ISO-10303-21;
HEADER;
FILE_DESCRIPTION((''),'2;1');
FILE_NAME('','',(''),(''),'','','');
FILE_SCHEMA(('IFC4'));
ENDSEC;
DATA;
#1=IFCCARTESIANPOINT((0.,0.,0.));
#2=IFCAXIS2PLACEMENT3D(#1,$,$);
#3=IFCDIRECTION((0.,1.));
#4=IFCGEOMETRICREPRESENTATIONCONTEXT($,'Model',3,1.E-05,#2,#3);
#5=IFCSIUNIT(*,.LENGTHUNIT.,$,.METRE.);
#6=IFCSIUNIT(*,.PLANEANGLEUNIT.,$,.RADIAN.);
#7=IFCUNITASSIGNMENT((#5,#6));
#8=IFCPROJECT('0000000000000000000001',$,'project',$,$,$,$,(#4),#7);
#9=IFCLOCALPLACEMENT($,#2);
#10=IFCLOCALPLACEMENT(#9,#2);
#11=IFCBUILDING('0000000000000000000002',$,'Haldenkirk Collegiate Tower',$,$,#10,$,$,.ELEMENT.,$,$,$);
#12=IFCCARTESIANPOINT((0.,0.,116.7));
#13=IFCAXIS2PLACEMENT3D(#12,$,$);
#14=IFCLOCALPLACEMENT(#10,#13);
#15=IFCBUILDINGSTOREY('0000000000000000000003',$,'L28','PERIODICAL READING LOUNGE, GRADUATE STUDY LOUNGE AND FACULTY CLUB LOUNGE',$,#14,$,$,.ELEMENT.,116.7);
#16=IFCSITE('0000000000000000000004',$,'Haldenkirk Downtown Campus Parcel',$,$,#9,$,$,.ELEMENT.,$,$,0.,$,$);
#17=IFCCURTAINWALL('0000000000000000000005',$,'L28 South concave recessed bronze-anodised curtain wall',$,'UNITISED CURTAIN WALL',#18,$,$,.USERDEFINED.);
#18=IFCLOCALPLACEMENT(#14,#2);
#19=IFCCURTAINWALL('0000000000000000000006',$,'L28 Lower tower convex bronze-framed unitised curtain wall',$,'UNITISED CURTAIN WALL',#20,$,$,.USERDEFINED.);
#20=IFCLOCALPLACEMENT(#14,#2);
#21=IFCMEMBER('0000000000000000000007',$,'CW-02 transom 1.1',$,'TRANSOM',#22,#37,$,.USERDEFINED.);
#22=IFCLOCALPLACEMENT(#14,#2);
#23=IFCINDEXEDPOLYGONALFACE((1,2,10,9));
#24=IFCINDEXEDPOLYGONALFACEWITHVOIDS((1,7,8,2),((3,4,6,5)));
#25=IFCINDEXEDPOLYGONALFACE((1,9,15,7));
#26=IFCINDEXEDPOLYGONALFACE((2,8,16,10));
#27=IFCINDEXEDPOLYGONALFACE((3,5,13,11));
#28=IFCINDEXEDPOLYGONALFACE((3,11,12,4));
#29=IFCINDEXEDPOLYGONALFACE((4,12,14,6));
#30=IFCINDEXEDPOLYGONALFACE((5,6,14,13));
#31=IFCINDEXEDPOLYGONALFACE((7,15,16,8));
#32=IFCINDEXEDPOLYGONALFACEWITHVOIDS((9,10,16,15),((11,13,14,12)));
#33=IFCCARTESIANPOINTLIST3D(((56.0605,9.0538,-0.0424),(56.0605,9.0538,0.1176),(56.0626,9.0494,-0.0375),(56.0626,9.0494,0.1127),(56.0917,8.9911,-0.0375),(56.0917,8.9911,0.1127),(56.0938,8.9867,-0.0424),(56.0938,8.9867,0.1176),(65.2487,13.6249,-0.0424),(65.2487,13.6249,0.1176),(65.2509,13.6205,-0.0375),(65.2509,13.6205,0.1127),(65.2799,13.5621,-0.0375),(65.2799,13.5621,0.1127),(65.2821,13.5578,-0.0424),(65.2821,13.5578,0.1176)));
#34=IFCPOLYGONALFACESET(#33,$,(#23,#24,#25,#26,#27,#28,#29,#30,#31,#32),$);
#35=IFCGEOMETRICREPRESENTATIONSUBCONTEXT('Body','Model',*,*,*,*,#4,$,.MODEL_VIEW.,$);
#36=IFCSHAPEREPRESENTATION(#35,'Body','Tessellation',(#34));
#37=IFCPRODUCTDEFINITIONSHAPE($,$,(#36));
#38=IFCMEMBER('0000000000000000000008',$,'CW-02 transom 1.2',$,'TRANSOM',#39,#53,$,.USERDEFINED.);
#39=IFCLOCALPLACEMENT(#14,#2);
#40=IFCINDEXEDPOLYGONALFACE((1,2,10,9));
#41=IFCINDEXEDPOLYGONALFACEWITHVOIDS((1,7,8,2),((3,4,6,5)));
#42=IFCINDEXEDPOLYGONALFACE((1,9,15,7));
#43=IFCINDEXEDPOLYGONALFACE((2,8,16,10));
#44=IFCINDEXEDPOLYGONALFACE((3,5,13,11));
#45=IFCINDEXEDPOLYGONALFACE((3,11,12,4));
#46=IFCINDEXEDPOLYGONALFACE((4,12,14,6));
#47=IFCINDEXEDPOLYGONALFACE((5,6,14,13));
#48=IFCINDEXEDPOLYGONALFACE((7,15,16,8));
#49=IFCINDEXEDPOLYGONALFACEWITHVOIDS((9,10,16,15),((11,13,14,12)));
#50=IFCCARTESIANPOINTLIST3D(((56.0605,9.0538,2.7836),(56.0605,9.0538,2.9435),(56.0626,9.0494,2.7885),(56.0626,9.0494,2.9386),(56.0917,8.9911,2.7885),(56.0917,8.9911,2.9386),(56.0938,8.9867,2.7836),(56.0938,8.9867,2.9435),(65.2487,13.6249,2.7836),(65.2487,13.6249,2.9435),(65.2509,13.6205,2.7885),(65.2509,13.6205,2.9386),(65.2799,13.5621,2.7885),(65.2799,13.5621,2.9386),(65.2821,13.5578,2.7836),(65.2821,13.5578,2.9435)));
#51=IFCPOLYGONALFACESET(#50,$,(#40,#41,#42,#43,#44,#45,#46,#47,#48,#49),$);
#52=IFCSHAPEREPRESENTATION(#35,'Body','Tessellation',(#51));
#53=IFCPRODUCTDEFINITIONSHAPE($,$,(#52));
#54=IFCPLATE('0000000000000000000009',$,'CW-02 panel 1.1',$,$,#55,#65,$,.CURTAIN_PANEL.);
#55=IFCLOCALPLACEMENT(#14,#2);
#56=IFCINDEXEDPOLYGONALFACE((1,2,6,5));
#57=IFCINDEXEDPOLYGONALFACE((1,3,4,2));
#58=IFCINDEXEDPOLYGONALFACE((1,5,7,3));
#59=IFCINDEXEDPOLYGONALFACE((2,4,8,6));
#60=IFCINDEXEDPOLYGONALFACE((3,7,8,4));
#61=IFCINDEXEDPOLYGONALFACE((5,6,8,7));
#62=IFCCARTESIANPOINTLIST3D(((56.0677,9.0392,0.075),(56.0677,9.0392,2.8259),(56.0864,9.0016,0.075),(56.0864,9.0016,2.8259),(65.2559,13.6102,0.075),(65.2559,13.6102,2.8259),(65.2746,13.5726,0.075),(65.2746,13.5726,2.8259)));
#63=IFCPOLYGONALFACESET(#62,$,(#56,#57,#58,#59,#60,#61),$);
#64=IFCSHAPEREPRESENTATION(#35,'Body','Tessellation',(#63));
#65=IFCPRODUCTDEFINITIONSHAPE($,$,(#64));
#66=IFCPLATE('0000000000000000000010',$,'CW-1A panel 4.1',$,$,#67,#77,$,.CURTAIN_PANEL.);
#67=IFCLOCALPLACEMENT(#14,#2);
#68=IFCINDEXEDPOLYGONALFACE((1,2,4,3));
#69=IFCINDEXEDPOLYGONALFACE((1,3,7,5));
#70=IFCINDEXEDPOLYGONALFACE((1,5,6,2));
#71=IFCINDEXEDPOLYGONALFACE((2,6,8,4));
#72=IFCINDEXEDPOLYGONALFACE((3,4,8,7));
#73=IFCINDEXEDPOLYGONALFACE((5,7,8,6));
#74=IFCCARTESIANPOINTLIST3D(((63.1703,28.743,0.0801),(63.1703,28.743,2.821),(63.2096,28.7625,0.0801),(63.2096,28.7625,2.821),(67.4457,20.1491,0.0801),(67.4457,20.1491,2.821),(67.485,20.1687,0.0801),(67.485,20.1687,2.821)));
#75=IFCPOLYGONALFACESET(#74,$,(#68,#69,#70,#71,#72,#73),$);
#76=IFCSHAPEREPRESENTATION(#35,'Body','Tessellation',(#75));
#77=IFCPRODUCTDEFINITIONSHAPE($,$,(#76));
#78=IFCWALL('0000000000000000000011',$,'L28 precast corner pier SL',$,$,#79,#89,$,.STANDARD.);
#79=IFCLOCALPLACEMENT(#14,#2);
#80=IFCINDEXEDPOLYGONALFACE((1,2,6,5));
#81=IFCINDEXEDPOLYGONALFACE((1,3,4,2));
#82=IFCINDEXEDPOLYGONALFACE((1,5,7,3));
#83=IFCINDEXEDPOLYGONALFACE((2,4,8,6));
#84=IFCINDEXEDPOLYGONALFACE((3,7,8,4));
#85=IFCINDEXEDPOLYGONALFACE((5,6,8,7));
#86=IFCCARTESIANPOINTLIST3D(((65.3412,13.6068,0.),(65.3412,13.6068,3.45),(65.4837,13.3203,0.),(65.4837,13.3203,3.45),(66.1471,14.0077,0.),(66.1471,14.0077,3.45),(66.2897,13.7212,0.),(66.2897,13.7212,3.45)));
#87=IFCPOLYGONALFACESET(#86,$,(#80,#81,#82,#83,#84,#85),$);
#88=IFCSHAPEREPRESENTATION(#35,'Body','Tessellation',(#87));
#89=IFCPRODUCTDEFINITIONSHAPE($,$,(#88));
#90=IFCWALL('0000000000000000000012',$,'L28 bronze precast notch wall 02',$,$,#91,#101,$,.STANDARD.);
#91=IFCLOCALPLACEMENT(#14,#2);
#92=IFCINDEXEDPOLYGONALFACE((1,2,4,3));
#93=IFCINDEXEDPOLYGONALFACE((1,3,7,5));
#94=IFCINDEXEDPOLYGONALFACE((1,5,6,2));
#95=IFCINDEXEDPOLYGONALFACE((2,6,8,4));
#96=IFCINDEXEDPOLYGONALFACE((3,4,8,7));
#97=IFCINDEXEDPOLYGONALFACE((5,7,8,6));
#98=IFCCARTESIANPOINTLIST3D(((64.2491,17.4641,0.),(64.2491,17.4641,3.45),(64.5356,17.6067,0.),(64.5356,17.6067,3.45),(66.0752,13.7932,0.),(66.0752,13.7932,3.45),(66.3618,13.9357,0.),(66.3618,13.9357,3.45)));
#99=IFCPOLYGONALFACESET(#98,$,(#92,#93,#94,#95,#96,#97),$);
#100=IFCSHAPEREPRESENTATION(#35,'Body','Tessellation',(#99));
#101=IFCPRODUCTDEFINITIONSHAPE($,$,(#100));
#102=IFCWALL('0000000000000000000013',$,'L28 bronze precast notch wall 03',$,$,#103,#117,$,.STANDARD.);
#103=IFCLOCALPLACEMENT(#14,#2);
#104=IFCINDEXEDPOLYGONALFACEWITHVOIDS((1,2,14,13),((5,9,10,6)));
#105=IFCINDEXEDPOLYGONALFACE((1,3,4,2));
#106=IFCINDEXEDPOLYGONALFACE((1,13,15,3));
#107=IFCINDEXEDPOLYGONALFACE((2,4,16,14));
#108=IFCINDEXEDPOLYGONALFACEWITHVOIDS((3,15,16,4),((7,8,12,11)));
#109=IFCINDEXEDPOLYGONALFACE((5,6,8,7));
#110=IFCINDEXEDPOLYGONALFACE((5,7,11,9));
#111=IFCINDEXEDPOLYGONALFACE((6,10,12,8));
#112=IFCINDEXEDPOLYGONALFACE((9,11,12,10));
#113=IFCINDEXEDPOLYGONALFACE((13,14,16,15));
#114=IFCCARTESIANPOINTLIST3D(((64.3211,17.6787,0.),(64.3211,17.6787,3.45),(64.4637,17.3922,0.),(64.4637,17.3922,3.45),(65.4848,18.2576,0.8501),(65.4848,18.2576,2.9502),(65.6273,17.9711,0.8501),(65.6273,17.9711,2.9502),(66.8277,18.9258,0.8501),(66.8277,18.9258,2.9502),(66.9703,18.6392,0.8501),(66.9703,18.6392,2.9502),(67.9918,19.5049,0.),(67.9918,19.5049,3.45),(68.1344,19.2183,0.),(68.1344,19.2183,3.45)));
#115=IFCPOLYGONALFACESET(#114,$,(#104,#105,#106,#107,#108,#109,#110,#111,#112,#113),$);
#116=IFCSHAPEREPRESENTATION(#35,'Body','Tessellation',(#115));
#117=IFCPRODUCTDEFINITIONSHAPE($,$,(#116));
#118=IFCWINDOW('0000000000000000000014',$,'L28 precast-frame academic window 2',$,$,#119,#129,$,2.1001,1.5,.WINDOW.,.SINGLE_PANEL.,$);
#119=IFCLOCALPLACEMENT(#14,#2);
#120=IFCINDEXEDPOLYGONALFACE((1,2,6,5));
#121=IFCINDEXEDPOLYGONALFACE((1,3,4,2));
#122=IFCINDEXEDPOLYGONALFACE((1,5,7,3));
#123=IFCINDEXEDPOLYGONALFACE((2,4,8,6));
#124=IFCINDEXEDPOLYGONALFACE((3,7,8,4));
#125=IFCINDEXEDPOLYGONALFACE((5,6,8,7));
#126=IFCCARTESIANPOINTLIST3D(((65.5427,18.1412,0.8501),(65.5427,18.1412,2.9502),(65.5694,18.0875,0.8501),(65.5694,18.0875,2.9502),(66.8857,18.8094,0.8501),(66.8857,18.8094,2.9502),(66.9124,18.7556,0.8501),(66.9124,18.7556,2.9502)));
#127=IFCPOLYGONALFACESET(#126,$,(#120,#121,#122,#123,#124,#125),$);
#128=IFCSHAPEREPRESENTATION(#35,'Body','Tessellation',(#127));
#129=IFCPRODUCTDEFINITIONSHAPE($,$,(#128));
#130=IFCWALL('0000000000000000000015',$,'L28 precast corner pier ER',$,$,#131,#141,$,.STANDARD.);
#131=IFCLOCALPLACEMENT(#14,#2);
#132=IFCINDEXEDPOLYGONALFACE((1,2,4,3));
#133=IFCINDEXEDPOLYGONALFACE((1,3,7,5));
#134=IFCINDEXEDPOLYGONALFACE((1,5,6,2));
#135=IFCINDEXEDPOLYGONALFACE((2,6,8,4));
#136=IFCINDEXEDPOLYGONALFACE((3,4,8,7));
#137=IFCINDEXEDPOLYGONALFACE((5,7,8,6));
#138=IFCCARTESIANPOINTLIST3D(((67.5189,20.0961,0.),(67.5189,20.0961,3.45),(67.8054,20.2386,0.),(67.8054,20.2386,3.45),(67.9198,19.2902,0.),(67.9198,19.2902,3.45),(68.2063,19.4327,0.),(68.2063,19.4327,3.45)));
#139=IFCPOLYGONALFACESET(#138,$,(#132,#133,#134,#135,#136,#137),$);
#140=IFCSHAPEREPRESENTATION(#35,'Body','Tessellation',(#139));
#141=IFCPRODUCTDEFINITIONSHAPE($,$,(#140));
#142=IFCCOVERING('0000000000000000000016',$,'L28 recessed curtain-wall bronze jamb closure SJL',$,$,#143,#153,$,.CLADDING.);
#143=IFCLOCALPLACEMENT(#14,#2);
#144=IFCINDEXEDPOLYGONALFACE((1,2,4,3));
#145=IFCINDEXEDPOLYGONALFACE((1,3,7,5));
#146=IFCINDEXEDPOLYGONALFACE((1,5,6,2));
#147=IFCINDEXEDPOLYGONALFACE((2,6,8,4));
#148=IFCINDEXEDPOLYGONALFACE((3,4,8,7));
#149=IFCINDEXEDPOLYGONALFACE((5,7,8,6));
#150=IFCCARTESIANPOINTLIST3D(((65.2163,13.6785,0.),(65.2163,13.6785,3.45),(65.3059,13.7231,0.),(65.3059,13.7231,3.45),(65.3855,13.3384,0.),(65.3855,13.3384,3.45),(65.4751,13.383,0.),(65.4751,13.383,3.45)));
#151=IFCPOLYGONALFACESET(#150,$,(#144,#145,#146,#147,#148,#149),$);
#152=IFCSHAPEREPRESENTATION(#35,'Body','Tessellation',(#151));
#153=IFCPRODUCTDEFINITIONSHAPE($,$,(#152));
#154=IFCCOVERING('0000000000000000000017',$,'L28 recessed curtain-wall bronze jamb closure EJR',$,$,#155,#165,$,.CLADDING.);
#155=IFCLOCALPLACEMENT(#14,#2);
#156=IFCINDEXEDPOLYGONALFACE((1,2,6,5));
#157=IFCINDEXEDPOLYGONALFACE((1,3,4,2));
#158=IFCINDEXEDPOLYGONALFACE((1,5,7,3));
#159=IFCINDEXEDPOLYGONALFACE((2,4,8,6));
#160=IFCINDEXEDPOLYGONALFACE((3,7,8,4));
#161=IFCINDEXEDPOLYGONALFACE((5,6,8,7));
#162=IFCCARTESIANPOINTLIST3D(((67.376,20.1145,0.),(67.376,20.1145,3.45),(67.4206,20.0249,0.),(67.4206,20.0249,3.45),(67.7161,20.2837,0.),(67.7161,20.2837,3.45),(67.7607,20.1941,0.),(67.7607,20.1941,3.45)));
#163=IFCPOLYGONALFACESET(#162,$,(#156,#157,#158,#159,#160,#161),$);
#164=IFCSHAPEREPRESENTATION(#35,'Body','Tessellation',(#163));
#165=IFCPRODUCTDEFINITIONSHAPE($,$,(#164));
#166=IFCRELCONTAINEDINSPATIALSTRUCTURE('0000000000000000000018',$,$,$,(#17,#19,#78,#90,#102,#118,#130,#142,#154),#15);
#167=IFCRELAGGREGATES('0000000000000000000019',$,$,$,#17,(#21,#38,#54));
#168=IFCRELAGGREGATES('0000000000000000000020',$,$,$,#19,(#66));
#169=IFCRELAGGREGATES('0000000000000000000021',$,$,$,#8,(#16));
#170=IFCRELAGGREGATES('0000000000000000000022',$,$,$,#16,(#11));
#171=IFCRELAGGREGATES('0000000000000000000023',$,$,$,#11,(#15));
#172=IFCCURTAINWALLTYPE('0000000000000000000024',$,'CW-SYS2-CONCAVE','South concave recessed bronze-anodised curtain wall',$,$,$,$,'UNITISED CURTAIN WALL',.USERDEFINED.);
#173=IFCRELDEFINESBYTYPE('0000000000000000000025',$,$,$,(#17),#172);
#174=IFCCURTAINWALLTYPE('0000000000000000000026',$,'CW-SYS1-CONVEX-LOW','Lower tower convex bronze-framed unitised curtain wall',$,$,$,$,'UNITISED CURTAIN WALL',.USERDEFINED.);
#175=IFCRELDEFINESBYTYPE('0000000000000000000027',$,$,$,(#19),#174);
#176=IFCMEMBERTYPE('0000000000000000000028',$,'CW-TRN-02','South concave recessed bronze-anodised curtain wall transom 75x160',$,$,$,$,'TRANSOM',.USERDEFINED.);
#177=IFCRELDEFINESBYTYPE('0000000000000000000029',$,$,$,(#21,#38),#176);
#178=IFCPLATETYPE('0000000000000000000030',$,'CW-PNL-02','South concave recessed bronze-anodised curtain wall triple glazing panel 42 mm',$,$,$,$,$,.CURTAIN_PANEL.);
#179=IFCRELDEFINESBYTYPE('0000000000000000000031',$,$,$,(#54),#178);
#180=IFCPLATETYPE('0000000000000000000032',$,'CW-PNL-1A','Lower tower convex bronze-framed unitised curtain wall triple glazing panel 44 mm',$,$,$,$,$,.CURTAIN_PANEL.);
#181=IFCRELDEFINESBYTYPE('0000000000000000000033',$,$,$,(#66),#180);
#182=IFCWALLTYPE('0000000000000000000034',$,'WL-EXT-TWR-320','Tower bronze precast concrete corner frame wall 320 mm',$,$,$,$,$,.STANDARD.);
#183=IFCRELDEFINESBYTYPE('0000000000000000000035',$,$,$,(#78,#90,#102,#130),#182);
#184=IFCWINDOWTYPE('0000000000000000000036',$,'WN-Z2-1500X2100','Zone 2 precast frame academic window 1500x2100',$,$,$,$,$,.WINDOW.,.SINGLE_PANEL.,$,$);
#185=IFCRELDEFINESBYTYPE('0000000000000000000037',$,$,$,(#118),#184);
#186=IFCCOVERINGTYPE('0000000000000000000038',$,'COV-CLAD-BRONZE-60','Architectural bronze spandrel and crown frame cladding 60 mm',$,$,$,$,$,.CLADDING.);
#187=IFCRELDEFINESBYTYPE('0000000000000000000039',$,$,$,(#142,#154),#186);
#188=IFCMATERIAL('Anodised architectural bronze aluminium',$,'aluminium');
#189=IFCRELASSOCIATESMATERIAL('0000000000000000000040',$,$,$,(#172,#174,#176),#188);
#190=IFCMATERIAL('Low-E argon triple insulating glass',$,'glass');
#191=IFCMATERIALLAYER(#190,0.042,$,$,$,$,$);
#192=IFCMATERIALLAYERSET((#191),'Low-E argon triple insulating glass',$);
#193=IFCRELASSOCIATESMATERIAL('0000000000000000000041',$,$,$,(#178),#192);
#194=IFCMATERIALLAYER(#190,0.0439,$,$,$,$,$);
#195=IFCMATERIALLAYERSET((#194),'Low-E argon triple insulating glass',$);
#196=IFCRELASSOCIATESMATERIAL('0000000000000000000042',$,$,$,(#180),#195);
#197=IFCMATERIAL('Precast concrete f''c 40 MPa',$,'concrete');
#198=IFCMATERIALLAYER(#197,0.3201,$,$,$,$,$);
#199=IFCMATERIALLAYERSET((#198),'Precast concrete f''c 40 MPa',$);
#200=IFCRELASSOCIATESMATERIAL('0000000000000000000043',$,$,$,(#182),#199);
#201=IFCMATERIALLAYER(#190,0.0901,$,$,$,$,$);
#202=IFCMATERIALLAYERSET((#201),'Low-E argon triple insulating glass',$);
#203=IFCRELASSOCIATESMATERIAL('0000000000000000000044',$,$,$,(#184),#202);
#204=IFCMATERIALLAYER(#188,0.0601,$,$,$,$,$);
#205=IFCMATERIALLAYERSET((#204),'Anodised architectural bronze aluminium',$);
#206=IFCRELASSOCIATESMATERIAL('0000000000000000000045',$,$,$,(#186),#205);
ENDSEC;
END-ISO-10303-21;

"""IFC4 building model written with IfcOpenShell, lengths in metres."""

from ifc_helpers import new_model, si_unit, direction, frame, frame_2d, origin, origin_2d, place, context, subcontext, project, spatial, rectangle, hollow_rectangle, extrude, source, transform, mapped, material, layer, layer_set, material_profile, profile_set, type_object, element, fill, aggregate, save


model = new_model("IFC4")

# Units and contexts
model_context = context("Model", 3, precision=1e-05, world=origin(), true_north=direction((0.0, 1.0)))
body_context = subcontext(model_context, "Body", "Model", "MODEL_VIEW")
ifc_project = project(units=[si_unit("LENGTHUNIT", "METRE"), si_unit("PLANEANGLEUNIT", "RADIAN")], contexts=[model_context])

# Site, building, storey
site_placement = place(None, origin())
site = spatial("IfcSite", under=ifc_project, at=site_placement, Name="Haldenkirk Downtown Campus Parcel", CompositionType="ELEMENT", RefElevation=0.0)
building_placement = place(site_placement, origin())
building = spatial("IfcBuilding", under=site, at=building_placement, Name="Haldenkirk Collegiate Tower", CompositionType="ELEMENT")
storey_placement = place(building_placement, frame((0.0, 0.0, 116.7)))
storey = spatial("IfcBuildingStorey", under=building, at=storey_placement, Name="L28", Description="PERIODICAL READING LOUNGE, GRADUATE STUDY LOUNGE AND FACULTY CLUB LOUNGE", CompositionType="ELEMENT", Elevation=116.7)

# Curtain walls
ifc_material_1 = material(Name="Anodised architectural bronze aluminium", Category="aluminium")
curtain_wall_type_1 = type_object("IfcCurtainWallType", Name="CW-SYS2-CONCAVE", Description="South concave recessed bronze-anodised curtain wall", ElementType="UNITISED CURTAIN WALL", PredefinedType="USERDEFINED", material=ifc_material_1)
curtain_wall_1_placement = place(storey_placement, origin())
curtain_wall_1 = element("IfcCurtainWall", 1, at=curtain_wall_1_placement, inside=storey, type_object=curtain_wall_type_1, Name="L28 South concave recessed bronze-anodised curtain wall", ObjectType="UNITISED CURTAIN WALL", PredefinedType="USERDEFINED")
curtain_wall_type_2 = type_object("IfcCurtainWallType", Name="CW-SYS1-CONVEX-LOW", Description="Lower tower convex bronze-framed unitised curtain wall", ElementType="UNITISED CURTAIN WALL", PredefinedType="USERDEFINED", material=ifc_material_1)
curtain_wall_2_placement = place(storey_placement, origin())
curtain_wall_2 = element("IfcCurtainWall", 2, at=curtain_wall_2_placement, inside=storey, type_object=curtain_wall_type_2, Name="L28 Lower tower convex bronze-framed unitised curtain wall", ObjectType="UNITISED CURTAIN WALL", PredefinedType="USERDEFINED")

# Members
ifc_material_profile_1 = material_profile(ifc_material_1, hollow_rectangle(XDim=0.075, YDim=0.1599, WallThickness=0.0049, at=origin_2d()), Name="CW-TRN-02")
ifc_profile_set_1 = profile_set([ifc_material_profile_1], Name="Anodised architectural bronze aluminium")
member_type_1 = type_object("IfcMemberType", Name="CW-TRN-02", Description="South concave recessed bronze-anodised curtain wall transom 75x160", ElementType="TRANSOM", PredefinedType="USERDEFINED", material=ifc_profile_set_1)
member_1_placement = place(storey_placement, frame((65.2654, 13.5913, 0.0376), z_axis=(-0.895325, -0.445414, 0.0), x_axis=(0.445414, -0.895325, 0.0)))
member_1 = element("IfcMember", 3, at=member_1_placement, type_object=member_type_1, Name="CW-02 transom 1.1", ObjectType="TRANSOM", PredefinedType="USERDEFINED", context=body_context, shape_type="SweptSolid", body=[
    extrude(hollow_rectangle(XDim=0.075, YDim=0.1599, WallThickness=0.0049, at=origin_2d()), origin(), (0.0, 0.0, 1.0), 10.2625),
])
member_2_placement = place(storey_placement, frame((65.2654, 13.5913, 2.8635), z_axis=(-0.895325, -0.445414, 0.0), x_axis=(0.445414, -0.895325, 0.0)))
member_2 = element("IfcMember", 4, at=member_2_placement, type_object=member_type_1, Name="CW-02 transom 1.2", ObjectType="TRANSOM", PredefinedType="USERDEFINED", context=body_context, shape_type="SweptSolid", body=[
    extrude(hollow_rectangle(XDim=0.075, YDim=0.1599, WallThickness=0.0049, at=origin_2d()), origin(), (0.0, 0.0, 1.0), 10.2625),
])

# Plates
ifc_material_2 = material(Name="Low-E argon triple insulating glass", Category="glass")
ifc_layer_1 = layer(ifc_material_2, 0.042)
ifc_layer_set_1 = layer_set([ifc_layer_1], Name="Low-E argon triple insulating glass")
plate_type_1 = type_object("IfcPlateType", Name="CW-PNL-02", Description="South concave recessed bronze-anodised curtain wall triple glazing panel 42 mm", PredefinedType="CURTAIN_PANEL", material=ifc_layer_set_1)
shared_shape_1 = source(origin(), body_context, "Body", "SweptSolid", [
    extrude(rectangle(XDim=10.2625, YDim=0.042, at=origin_2d()), origin(), (0.0, 0.0, 1.0), 2.751),
])
plate_1_placement = place(storey_placement, frame((60.6711, 11.3059, 0.075), z_axis=(0.0, 0.0, 1.0), x_axis=(-0.895324, -0.445415, 0.0)))
plate_1 = element("IfcPlate", 5, at=plate_1_placement, type_object=plate_type_1, Name="CW-02 panel 1.1", PredefinedType="CURTAIN_PANEL", context=body_context, shape_type="MappedRepresentation", body=[
    mapped(shared_shape_1, transform((0.0, 0.0, 0.0), x_axis=(1.0, 0.0, 0.0), y_axis=(0.0, 1.0, 0.0), z_axis=(0.0, 0.0, 1.0), scale=1.0)),
])
aggregate(curtain_wall_1, [member_1, member_2, plate_1])
ifc_layer_2 = layer(ifc_material_2, 0.0439)
ifc_layer_set_2 = layer_set([ifc_layer_2], Name="Low-E argon triple insulating glass")
plate_type_2 = type_object("IfcPlateType", Name="CW-PNL-1A", Description="Lower tower convex bronze-framed unitised curtain wall triple glazing panel 44 mm", PredefinedType="CURTAIN_PANEL", material=ifc_layer_set_2)
shared_shape_2 = source(origin(), body_context, "Body", "SweptSolid", [
    extrude(rectangle(XDim=9.5986, YDim=0.0439, at=origin_2d()), origin(), (0.0, 0.0, 1.0), 2.741),
])
plate_2_placement = place(storey_placement, frame((65.3276, 24.4558, 0.0801), z_axis=(0.0, 0.0, 1.0), x_axis=(0.445416, -0.895324, 0.0)))
plate_2 = element("IfcPlate", 6, at=plate_2_placement, type_object=plate_type_2, Name="CW-1A panel 4.1", PredefinedType="CURTAIN_PANEL", context=body_context, shape_type="MappedRepresentation", body=[
    mapped(shared_shape_2, transform((0.0, 0.0, 0.0), x_axis=(1.0, 0.0, 0.0), y_axis=(0.0, 1.0, 0.0), z_axis=(0.0, 0.0, 1.0), scale=1.0)),
])
aggregate(curtain_wall_2, [plate_2])

# Walls
ifc_material_3 = material(Name="Precast concrete f'c 40 MPa", Category="concrete")
ifc_layer_3 = layer(ifc_material_3, 0.3201)
ifc_layer_set_3 = layer_set([ifc_layer_3], Name="Precast concrete f'c 40 MPa")
wall_type = type_object("IfcWallType", Name="WL-EXT-TWR-320", Description="Tower bronze precast concrete corner frame wall 320 mm", PredefinedType="STANDARD", material=ifc_layer_set_3)
wall_1_placement = place(storey_placement, frame((66.2185, 13.8645, 0.0), z_axis=(0.0, 0.0, 1.0), x_axis=(-0.895347, -0.445368, 0.0)))
element("IfcWall", 7, at=wall_1_placement, inside=storey, type_object=wall_type, Name="L28 precast corner pier SL", PredefinedType="STANDARD", context=body_context, shape_type="SweptSolid", body=[
    extrude(rectangle(XDim=0.9001, YDim=0.3201, at=frame_2d((0.4502, 0.0))), origin(), (0.0, 0.0, 1.0), 3.45),
])
wall_2_placement = place(storey_placement, frame((64.3923, 17.5354, 0.0), z_axis=(0.0, 0.0, 1.0), x_axis=(0.445402, -0.89533, 0.0)))
element("IfcWall", 8, at=wall_2_placement, inside=storey, type_object=wall_type, Name="L28 bronze precast notch wall 02", PredefinedType="STANDARD", context=body_context, shape_type="SweptSolid", body=[
    extrude(rectangle(XDim=4.1001, YDim=0.3201, at=frame_2d((2.05, 0.0))), origin(), (0.0, 0.0, 1.0), 3.45),
])

# Wall, opening, window
wall_3_placement = place(storey_placement, frame((68.063, 19.3616, 0.0), z_axis=(0.0, 0.0, 1.0), x_axis=(-0.895319, -0.445426, 0.0)))
wall_3 = element("IfcWall", 9, at=wall_3_placement, inside=storey, type_object=wall_type, Name="L28 bronze precast notch wall 03", PredefinedType="STANDARD", context=body_context, shape_type="SweptSolid", body=[
    extrude(rectangle(XDim=4.0999, YDim=0.3201, at=frame_2d((2.0498, 0.0))), origin(), (0.0, 0.0, 1.0), 3.45),
])
opening_placement = place(wall_3_placement, frame((1.3, 0.0, 0.8501)))
opening = element("IfcOpeningElement", 10, at=opening_placement, cuts=wall_3, PredefinedType="OPENING", context=body_context, shape_type="SweptSolid", body=[
    extrude(rectangle(XDim=1.5, YDim=2.1001, at=frame_2d((0.75, 1.05))), frame((0.0, 0.1699, 0.0), z_axis=(0.0, -1.0, 0.0), x_axis=(1.0, 0.0, 0.0)), (0.0, 0.0, 1.0), 0.3401),
])
ifc_layer_4 = layer(ifc_material_2, 0.0901)
ifc_layer_set_4 = layer_set([ifc_layer_4], Name="Low-E argon triple insulating glass")
window_type = type_object("IfcWindowType", Name="WN-Z2-1500X2100", Description="Zone 2 precast frame academic window 1500x2100", PartitioningType="SINGLE_PANEL", PredefinedType="WINDOW", material=ifc_layer_set_4)
window_placement = place(opening_placement, origin())
window = element("IfcWindow", 11, at=window_placement, inside=storey, type_object=window_type, Name="L28 precast-frame academic window 2", OverallHeight=2.1001, OverallWidth=1.5, PartitioningType="SINGLE_PANEL", PredefinedType="WINDOW", context=body_context, shape_type="SweptSolid", body=[
    extrude(rectangle(XDim=1.5, YDim=2.1001, at=frame_2d((0.75, 1.05))), frame((0.0, 0.03, 0.0), z_axis=(0.0, -1.0, 0.0), x_axis=(1.0, 0.0, 0.0)), (0.0, 0.0, 1.0), 0.0601),
])
fill(opening, window)

# Wall
wall_4_placement = place(storey_placement, frame((67.6621, 20.1675, 0.0), z_axis=(0.0, 0.0, 1.0), x_axis=(0.445368, -0.895347, 0.0)))
element("IfcWall", 12, at=wall_4_placement, inside=storey, type_object=wall_type, Name="L28 precast corner pier ER", PredefinedType="STANDARD", context=body_context, shape_type="SweptSolid", body=[
    extrude(rectangle(XDim=0.9001, YDim=0.3201, at=frame_2d((0.4502, 0.0))), origin(), (0.0, 0.0, 1.0), 3.45),
])

# Coverings
ifc_layer_5 = layer(ifc_material_1, 0.0601)
ifc_layer_set_5 = layer_set([ifc_layer_5], Name="Anodised architectural bronze aluminium")
covering_type = type_object("IfcCoveringType", Name="COV-CLAD-BRONZE-60", Description="Architectural bronze spandrel and crown frame cladding 60 mm", PredefinedType="CLADDING", material=ifc_layer_set_5)
shared_shape_3 = source(origin(), body_context, "Body", "SweptSolid", [
    extrude(rectangle(XDim=0.1001, YDim=0.3799, at=origin_2d()), origin(), (0.0, 0.0, 1.0), 3.45),
])
for number, where, z_axis, x_axis, name in (
    (13, (65.3457, 13.5308, 0.0), (0.0, 0.0, 1.0), (-0.895323, -0.445417, 0.0), "L28 recessed curtain-wall bronze jamb closure SJL"),
    (14, (67.5684, 20.1543, 0.0), (0.0, 0.0, 1.0), (0.445417, -0.895323, 0.0), "L28 recessed curtain-wall bronze jamb closure EJR"),
):
    element("IfcCovering", number, at=place(storey_placement, frame(where, z_axis=z_axis, x_axis=x_axis)), inside=storey, type_object=covering_type, Name=name, PredefinedType="CLADDING", context=body_context, shape_type="MappedRepresentation", body=[
        mapped(shared_shape_3, transform((0.0, 0.0, 0.0), x_axis=(1.0, 0.0, 0.0), y_axis=(0.0, 1.0, 0.0), z_axis=(0.0, 0.0, 1.0), scale=1.0)),
    ])

save(model, "model.ifc")
